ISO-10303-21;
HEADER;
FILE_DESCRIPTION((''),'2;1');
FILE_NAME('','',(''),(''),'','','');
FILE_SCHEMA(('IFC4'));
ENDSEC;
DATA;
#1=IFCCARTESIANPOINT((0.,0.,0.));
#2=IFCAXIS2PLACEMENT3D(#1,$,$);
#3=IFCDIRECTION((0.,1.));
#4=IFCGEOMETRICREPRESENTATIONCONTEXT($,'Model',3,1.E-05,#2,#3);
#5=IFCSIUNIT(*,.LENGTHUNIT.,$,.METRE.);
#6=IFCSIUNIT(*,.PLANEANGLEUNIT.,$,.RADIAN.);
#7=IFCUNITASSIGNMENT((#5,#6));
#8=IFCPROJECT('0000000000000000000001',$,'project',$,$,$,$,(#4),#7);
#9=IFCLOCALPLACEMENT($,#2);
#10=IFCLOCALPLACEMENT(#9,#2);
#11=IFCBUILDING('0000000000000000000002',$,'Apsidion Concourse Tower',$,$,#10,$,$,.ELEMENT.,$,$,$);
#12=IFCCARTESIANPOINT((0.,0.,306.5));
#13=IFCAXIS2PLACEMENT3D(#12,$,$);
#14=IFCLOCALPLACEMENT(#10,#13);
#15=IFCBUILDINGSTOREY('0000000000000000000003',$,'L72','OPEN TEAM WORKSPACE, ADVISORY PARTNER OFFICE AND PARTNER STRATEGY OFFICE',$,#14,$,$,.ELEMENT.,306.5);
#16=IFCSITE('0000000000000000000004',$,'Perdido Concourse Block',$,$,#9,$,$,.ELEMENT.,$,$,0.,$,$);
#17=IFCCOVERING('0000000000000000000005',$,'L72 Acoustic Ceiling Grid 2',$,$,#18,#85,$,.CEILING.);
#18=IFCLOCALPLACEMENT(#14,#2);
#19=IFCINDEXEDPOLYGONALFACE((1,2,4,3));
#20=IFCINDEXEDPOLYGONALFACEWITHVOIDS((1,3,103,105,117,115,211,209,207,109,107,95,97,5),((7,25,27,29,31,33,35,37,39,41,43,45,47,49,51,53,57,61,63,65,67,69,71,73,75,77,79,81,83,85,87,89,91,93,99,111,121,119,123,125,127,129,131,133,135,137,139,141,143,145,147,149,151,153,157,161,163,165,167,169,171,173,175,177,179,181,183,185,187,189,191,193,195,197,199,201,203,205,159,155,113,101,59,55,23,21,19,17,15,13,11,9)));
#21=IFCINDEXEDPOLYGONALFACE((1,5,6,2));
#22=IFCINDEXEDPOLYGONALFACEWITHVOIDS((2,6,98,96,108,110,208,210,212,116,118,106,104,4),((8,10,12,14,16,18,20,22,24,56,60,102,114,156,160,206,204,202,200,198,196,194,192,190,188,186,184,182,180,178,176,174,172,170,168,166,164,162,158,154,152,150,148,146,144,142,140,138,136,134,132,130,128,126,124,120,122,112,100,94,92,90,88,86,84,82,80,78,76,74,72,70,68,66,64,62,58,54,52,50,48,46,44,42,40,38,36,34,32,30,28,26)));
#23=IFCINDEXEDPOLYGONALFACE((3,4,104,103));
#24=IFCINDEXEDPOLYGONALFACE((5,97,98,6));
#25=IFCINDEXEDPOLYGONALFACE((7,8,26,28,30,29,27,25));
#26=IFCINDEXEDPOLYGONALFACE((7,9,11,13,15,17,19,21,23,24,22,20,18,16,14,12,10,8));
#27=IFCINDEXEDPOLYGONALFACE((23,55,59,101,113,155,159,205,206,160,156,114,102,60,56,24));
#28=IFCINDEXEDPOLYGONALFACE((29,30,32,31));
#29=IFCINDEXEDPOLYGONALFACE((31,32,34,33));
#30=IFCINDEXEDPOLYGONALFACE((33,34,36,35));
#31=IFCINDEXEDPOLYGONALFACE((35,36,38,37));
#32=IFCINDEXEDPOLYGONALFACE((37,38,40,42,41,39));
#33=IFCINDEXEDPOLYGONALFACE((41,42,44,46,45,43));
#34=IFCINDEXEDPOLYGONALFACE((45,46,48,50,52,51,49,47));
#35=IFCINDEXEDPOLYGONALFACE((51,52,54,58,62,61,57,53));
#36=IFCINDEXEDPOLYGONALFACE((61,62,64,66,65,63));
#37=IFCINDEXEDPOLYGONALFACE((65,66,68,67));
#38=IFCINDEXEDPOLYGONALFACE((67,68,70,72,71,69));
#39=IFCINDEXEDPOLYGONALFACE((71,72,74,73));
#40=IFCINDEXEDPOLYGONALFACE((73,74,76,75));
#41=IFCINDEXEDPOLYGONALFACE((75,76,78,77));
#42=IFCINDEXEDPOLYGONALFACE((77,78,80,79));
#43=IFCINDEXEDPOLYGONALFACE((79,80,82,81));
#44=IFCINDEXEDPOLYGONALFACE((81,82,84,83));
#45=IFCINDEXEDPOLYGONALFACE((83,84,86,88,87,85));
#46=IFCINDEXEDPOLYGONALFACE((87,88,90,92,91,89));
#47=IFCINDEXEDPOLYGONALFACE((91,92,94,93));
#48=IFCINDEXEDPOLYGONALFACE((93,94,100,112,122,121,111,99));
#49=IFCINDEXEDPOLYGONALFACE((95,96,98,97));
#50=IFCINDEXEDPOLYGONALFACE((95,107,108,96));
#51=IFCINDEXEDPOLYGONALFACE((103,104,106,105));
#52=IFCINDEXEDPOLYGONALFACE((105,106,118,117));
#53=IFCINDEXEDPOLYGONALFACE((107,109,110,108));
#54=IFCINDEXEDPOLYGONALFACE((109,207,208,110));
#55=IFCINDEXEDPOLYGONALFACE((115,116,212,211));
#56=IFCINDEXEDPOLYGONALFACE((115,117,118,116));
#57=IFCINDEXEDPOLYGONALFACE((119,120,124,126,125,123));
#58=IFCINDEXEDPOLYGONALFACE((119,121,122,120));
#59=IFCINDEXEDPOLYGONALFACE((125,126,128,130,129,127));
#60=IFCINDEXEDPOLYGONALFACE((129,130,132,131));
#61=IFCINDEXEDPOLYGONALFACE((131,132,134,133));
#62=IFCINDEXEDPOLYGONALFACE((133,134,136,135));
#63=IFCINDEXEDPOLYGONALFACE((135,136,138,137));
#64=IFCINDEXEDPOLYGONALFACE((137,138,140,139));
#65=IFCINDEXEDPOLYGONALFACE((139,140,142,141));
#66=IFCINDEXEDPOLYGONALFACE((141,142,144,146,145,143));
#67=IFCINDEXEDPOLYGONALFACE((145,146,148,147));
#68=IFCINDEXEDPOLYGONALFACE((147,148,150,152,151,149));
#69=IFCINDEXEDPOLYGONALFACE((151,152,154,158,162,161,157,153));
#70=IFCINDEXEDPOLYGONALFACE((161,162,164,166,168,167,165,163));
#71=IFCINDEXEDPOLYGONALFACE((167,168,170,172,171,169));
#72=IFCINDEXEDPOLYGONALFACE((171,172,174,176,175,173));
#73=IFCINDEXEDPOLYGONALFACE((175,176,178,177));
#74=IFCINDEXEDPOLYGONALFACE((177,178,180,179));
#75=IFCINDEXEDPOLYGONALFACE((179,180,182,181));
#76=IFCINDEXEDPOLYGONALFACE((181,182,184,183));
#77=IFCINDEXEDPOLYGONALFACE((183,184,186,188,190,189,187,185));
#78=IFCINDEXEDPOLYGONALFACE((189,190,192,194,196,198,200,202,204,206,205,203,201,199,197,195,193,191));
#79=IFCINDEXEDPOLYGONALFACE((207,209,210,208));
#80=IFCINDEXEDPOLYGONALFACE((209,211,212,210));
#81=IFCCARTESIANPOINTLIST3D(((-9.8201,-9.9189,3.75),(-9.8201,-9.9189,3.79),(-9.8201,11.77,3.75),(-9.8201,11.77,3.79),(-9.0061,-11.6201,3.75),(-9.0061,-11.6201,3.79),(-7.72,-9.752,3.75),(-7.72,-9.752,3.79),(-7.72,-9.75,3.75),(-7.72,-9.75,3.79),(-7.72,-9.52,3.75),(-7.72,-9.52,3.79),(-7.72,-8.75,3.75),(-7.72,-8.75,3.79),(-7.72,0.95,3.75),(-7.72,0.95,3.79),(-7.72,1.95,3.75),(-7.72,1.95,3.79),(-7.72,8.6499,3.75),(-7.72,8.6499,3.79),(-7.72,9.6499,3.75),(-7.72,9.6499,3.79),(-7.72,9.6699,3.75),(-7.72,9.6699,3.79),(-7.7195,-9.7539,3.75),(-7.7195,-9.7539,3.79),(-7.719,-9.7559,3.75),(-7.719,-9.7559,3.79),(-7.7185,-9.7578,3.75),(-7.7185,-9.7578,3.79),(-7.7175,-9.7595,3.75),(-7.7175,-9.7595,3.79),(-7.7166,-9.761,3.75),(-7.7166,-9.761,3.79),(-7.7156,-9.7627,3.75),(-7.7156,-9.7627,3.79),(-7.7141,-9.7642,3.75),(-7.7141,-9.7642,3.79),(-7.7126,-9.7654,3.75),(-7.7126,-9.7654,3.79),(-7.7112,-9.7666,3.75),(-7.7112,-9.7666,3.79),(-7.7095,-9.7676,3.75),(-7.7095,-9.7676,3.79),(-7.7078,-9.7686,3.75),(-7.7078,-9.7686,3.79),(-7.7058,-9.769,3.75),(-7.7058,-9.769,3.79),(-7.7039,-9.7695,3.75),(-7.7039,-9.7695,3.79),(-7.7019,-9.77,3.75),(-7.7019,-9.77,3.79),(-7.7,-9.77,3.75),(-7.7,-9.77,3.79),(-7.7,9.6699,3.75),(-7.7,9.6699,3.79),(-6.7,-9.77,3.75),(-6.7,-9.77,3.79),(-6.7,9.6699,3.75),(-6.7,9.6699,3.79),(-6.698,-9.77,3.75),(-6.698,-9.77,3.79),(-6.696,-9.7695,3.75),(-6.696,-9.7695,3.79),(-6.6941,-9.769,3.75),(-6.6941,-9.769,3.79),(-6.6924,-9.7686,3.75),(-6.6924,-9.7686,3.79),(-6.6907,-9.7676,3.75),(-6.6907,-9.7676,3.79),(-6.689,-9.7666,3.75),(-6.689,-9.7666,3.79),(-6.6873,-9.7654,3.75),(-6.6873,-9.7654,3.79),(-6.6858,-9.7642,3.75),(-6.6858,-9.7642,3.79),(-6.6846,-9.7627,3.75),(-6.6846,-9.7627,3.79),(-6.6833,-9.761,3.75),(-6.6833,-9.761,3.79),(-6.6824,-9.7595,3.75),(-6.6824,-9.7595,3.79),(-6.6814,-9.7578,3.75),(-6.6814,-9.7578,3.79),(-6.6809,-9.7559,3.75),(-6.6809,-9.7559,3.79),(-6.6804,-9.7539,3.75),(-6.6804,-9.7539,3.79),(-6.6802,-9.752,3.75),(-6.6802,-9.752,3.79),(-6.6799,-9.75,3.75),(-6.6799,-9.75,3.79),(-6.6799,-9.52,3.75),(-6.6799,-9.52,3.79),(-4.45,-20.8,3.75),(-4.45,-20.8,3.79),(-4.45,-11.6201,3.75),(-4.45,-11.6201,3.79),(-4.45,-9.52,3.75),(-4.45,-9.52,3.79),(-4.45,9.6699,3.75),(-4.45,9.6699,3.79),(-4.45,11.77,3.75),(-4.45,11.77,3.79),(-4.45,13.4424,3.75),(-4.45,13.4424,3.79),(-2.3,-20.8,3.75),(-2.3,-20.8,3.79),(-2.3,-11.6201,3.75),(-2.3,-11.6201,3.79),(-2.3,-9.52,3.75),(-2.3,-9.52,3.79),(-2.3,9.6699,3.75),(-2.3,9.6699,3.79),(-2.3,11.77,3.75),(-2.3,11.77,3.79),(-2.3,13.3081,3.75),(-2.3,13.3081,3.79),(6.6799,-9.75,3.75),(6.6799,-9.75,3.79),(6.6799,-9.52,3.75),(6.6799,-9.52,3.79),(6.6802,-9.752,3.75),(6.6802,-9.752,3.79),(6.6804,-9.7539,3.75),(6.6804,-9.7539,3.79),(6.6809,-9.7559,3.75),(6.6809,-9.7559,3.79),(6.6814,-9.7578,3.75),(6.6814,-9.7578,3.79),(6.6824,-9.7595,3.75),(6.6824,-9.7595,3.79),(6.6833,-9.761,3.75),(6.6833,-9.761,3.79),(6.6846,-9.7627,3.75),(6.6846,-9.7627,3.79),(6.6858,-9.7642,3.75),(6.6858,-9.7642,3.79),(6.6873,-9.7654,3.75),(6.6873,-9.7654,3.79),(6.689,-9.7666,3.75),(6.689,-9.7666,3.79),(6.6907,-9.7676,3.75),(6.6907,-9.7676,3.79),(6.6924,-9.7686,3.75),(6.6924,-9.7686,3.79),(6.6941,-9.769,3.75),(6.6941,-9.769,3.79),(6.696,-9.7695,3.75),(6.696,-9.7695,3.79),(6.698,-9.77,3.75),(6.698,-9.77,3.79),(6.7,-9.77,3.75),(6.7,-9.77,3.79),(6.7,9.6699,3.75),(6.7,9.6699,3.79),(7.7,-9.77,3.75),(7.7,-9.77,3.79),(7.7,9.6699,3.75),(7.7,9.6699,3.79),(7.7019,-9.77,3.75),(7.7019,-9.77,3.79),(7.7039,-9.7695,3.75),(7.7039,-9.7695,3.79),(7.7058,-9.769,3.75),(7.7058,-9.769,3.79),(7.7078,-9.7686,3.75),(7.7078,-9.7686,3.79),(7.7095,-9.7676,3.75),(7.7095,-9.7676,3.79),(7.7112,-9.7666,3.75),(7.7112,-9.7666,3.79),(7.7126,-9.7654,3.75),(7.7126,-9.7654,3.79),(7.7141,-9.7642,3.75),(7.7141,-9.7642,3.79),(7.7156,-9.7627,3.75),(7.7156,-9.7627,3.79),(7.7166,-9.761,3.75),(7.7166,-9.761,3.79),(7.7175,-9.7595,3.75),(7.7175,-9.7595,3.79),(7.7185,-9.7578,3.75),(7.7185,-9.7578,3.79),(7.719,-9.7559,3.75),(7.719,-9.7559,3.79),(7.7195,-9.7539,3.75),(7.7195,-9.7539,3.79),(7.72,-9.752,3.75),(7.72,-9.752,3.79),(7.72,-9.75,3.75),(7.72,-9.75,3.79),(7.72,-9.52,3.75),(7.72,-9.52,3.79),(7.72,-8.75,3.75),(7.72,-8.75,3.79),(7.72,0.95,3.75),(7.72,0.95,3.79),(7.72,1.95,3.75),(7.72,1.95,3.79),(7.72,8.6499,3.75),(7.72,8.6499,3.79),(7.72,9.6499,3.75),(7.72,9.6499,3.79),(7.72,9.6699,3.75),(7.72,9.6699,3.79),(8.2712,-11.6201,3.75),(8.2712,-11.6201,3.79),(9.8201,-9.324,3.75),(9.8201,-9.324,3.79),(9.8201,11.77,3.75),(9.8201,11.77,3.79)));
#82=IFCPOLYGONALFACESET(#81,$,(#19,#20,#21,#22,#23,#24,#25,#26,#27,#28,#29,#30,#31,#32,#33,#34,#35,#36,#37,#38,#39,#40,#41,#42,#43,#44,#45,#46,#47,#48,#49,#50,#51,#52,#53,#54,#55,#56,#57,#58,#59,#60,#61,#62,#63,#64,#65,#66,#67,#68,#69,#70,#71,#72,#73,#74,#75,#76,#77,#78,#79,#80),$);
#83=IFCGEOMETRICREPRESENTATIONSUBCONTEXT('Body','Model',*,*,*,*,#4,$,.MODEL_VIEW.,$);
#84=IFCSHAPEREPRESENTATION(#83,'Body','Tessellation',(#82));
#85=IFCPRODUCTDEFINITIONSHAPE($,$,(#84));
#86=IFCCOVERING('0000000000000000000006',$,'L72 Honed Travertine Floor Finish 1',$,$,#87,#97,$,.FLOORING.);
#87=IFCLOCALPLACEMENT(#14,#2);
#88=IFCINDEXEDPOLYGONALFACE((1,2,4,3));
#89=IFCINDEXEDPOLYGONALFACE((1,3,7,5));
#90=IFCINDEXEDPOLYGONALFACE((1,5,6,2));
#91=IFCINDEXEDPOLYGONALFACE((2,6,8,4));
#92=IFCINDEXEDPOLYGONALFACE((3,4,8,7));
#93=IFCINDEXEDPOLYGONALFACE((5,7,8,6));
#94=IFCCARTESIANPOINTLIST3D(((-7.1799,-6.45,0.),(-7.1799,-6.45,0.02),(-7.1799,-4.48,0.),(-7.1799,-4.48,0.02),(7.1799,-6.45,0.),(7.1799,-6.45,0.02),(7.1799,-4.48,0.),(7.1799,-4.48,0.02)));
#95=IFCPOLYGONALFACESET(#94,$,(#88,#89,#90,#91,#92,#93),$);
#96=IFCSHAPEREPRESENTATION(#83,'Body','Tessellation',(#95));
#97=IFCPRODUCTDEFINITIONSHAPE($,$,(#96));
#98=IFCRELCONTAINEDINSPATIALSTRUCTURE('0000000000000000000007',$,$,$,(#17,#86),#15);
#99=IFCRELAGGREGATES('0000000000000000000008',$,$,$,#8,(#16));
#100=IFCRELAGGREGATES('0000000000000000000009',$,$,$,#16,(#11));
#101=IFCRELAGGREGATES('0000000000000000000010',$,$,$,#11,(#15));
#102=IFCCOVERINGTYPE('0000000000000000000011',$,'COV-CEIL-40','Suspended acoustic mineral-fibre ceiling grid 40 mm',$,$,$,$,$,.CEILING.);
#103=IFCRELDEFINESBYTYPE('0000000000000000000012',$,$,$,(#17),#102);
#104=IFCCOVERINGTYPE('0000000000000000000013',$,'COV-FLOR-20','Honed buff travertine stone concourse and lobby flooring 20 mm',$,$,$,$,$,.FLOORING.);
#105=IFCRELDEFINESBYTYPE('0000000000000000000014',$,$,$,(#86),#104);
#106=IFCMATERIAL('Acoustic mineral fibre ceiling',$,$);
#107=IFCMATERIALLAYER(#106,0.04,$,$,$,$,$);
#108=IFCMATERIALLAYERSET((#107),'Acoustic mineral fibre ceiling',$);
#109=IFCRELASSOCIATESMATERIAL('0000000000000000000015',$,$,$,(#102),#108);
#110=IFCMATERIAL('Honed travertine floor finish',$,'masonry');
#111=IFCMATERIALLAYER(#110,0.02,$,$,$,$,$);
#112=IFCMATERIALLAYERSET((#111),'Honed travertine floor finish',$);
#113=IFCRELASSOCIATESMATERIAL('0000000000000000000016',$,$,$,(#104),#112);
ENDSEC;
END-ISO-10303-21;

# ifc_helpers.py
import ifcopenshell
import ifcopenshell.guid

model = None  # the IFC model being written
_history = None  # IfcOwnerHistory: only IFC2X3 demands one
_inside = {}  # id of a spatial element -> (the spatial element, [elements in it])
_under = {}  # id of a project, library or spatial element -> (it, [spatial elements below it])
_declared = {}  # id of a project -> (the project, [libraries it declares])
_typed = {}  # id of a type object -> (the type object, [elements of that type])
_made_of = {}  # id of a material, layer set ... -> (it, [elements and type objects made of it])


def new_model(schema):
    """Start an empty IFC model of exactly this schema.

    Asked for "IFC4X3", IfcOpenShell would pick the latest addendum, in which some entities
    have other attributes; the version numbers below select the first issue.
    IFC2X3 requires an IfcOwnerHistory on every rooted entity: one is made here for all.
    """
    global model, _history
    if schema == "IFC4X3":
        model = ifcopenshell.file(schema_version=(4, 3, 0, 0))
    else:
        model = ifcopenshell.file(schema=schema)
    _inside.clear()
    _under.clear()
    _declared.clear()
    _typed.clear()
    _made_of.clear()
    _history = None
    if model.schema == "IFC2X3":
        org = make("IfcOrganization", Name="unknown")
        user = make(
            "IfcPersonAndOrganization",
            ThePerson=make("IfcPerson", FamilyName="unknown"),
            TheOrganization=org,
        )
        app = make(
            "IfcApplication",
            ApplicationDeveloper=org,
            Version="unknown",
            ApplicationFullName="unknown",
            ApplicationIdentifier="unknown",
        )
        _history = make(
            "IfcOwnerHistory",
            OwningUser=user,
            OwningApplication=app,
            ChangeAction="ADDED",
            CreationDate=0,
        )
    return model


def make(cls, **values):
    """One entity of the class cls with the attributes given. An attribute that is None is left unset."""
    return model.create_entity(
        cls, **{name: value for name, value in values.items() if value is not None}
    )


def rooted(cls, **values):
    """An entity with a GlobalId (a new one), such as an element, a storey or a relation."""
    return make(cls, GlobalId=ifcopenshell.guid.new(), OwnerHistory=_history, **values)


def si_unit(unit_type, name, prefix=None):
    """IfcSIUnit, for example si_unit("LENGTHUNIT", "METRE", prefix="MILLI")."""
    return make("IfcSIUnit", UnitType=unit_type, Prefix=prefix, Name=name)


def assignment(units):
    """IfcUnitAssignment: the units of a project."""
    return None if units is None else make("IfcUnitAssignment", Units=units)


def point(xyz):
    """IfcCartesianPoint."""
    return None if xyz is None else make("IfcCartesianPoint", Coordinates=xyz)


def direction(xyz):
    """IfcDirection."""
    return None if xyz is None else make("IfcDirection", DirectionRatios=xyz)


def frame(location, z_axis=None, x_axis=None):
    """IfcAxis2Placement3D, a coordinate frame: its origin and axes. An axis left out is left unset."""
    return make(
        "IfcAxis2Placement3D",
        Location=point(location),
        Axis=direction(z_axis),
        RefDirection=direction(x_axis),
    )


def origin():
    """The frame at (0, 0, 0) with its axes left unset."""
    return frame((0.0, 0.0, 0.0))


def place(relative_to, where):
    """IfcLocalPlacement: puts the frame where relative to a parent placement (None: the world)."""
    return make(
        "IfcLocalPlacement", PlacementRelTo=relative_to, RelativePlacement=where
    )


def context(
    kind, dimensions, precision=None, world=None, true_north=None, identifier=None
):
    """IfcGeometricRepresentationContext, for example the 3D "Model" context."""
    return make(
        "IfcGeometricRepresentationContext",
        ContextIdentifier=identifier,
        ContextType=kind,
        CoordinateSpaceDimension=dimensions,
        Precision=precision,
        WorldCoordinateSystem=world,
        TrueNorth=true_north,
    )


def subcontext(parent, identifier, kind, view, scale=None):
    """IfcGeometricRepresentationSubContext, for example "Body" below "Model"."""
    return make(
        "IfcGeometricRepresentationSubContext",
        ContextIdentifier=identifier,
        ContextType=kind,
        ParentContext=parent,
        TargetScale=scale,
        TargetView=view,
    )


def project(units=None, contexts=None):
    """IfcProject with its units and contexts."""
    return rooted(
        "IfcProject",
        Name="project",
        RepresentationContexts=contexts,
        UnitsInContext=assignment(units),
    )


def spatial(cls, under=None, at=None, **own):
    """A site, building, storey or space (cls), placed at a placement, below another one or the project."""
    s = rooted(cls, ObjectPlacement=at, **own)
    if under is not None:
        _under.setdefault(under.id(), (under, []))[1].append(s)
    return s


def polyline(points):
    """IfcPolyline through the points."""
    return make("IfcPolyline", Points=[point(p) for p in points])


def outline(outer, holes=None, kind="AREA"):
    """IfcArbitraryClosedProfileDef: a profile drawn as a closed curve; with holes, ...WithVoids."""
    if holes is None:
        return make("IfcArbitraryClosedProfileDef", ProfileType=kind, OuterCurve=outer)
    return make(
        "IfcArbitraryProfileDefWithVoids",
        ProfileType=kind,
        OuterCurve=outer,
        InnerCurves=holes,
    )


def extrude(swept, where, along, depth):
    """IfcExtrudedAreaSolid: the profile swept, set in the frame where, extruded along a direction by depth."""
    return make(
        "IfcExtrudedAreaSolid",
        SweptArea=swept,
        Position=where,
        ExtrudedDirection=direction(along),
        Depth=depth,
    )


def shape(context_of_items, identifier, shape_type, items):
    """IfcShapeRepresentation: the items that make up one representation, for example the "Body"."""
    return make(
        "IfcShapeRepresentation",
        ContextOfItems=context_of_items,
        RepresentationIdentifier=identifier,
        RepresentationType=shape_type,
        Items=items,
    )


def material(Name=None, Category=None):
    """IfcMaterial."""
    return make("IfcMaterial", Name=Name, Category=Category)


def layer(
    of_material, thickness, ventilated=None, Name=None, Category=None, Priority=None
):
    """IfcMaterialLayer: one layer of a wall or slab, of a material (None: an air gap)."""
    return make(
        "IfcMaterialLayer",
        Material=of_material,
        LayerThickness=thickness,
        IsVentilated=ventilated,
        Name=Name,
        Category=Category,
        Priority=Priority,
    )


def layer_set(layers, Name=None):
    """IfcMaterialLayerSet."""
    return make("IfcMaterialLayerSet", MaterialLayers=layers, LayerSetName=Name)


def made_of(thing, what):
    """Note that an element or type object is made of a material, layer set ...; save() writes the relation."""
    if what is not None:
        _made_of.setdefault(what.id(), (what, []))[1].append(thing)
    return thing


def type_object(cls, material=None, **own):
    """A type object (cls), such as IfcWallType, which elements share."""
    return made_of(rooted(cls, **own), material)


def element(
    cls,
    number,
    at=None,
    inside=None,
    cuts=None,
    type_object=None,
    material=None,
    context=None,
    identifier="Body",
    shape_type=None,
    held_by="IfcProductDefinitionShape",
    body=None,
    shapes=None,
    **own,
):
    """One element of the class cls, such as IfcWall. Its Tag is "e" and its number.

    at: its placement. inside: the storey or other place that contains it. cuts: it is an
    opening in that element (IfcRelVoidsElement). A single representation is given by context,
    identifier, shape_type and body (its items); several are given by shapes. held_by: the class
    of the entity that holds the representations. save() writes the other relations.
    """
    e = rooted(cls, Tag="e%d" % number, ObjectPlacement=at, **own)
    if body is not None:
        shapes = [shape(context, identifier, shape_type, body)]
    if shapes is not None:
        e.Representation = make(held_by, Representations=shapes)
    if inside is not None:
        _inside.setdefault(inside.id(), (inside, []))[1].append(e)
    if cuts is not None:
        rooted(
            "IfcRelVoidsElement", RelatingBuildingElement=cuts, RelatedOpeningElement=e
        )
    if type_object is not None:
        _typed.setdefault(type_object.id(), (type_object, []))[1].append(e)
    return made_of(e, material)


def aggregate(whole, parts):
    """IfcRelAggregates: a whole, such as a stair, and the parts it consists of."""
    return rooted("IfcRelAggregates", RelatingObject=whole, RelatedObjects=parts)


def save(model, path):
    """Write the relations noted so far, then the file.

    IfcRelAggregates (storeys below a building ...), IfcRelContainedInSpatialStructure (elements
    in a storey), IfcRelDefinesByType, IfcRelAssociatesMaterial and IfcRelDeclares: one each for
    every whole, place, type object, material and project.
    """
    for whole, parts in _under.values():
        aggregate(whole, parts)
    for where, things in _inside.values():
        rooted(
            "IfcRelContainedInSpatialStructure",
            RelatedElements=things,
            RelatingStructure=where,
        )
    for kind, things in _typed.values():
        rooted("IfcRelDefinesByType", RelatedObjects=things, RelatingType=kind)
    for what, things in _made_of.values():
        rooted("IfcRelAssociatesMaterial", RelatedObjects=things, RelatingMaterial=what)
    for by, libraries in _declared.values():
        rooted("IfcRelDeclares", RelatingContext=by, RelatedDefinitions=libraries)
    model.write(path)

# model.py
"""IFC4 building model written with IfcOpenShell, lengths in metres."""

from ifc_helpers import new_model, si_unit, direction, frame, origin, place, context, subcontext, project, spatial, polyline, outline, extrude, material, layer, layer_set, type_object, element, save


model = new_model("IFC4")

# Units and contexts
model_context = context("Model", 3, precision=1e-05, world=origin(), true_north=direction((0.0, 1.0)))
body_context = subcontext(model_context, "Body", "Model", "MODEL_VIEW")
ifc_project = project(units=[si_unit("LENGTHUNIT", "METRE"), si_unit("PLANEANGLEUNIT", "RADIAN")], contexts=[model_context])

# Site, building, storey
site_placement = place(None, origin())
site = spatial("IfcSite", under=ifc_project, at=site_placement, Name="Perdido Concourse Block", CompositionType="ELEMENT", RefElevation=0.0)
building_placement = place(site_placement, origin())
building = spatial("IfcBuilding", under=site, at=building_placement, Name="Apsidion Concourse Tower", CompositionType="ELEMENT")
storey_placement = place(building_placement, frame((0.0, 0.0, 306.5)))
storey = spatial("IfcBuildingStorey", under=building, at=storey_placement, Name="L72", Description="OPEN TEAM WORKSPACE, ADVISORY PARTNER OFFICE AND PARTNER STRATEGY OFFICE", CompositionType="ELEMENT", Elevation=306.5)

# Coverings
ifc_material_1 = material(Name="Acoustic mineral fibre ceiling")
ifc_layer_1 = layer(ifc_material_1, 0.04)
ifc_layer_set_1 = layer_set([ifc_layer_1], Name="Acoustic mineral fibre ceiling")
covering_type_1 = type_object("IfcCoveringType", Name="COV-CEIL-40", Description="Suspended acoustic mineral-fibre ceiling grid 40 mm", PredefinedType="CEILING", material=ifc_layer_set_1)
covering_1_placement = place(storey_placement, frame((0.0, 0.0, 3.75)))
element("IfcCovering", 1, at=covering_1_placement, inside=storey, type_object=covering_type_1, Name="L72 Acoustic Ceiling Grid 2", PredefinedType="CEILING", context=body_context, shape_type="SweptSolid", body=[
    extrude(outline(polyline([(-9.0061, -11.6201), (-9.8201, -9.9189), (-9.8201, 11.77), (-4.45, 11.77), (-4.45, 13.4424), (-2.3, 13.3081), (-2.3, 11.77), (9.8201, 11.77), (9.8201, -9.324), (8.2712, -11.6201), (-2.3, -11.6201), (-2.3, -20.8), (-4.45, -20.8), (-4.45, -11.6201), (-9.0061, -11.6201)]), holes=[polyline([(7.7, 9.6699), (6.7, 9.6699), (-2.3, 9.6699), (-4.45, 9.6699), (-6.7, 9.6699), (-7.7, 9.6699), (-7.72, 9.6699), (-7.72, 9.6499), (-7.72, 8.6499), (-7.72, 1.95), (-7.72, 0.95), (-7.72, -8.75), (-7.72, -9.52), (-7.72, -9.75), (-7.72, -9.752), (-7.7195, -9.7539), (-7.719, -9.7559), (-7.7185, -9.7578), (-7.7175, -9.7595), (-7.7166, -9.761), (-7.7156, -9.7627), (-7.7141, -9.7642), (-7.7126, -9.7654), (-7.7112, -9.7666), (-7.7095, -9.7676), (-7.7078, -9.7686), (-7.7058, -9.769), (-7.7039, -9.7695), (-7.7019, -9.77), (-7.7, -9.77), (-6.7, -9.77), (-6.698, -9.77), (-6.696, -9.7695), (-6.6941, -9.769), (-6.6924, -9.7686), (-6.6907, -9.7676), (-6.689, -9.7666), (-6.6873, -9.7654), (-6.6858, -9.7642), (-6.6846, -9.7627), (-6.6833, -9.761), (-6.6824, -9.7595), (-6.6814, -9.7578), (-6.6809, -9.7559), (-6.6804, -9.7539), (-6.6802, -9.752), (-6.6799, -9.75), (-6.6799, -9.52), (-4.45, -9.52), (-2.3, -9.52), (6.6799, -9.52), (6.6799, -9.75), (6.6802, -9.752), (6.6804, -9.7539), (6.6809, -9.7559), (6.6814, -9.7578), (6.6824, -9.7595), (6.6833, -9.761), (6.6846, -9.7627), (6.6858, -9.7642), (6.6873, -9.7654), (6.689, -9.7666), (6.6907, -9.7676), (6.6924, -9.7686), (6.6941, -9.769), (6.696, -9.7695), (6.698, -9.77), (6.7, -9.77), (7.7, -9.77), (7.7019, -9.77), (7.7039, -9.7695), (7.7058, -9.769), (7.7078, -9.7686), (7.7095, -9.7676), (7.7112, -9.7666), (7.7126, -9.7654), (7.7141, -9.7642), (7.7156, -9.7627), (7.7166, -9.761), (7.7175, -9.7595), (7.7185, -9.7578), (7.719, -9.7559), (7.7195, -9.7539), (7.72, -9.752), (7.72, -9.75), (7.72, -9.52), (7.72, -8.75), (7.72, 0.95), (7.72, 1.95), (7.72, 8.6499), (7.72, 9.6499), (7.72, 9.6699), (7.7, 9.6699)])]), origin(), (0.0, 0.0, 1.0), 0.04),
])
ifc_material_2 = material(Name="Honed travertine floor finish", Category="masonry")
ifc_layer_2 = layer(ifc_material_2, 0.02)
ifc_layer_set_2 = layer_set([ifc_layer_2], Name="Honed travertine floor finish")
covering_type_2 = type_object("IfcCoveringType", Name="COV-FLOR-20", Description="Honed buff travertine stone concourse and lobby flooring 20 mm", PredefinedType="FLOORING", material=ifc_layer_set_2)
covering_2_placement = place(storey_placement, origin())
element("IfcCovering", 2, at=covering_2_placement, inside=storey, type_object=covering_type_2, Name="L72 Honed Travertine Floor Finish 1", PredefinedType="FLOORING", context=body_context, shape_type="SweptSolid", body=[
    extrude(outline(polyline([(-7.1799, -6.45), (-7.1799, -4.48), (7.1799, -4.48), (7.1799, -6.45), (-7.1799, -6.45)])), origin(), (0.0, 0.0, 1.0), 0.02),
])

save(model, "model.ifc")
